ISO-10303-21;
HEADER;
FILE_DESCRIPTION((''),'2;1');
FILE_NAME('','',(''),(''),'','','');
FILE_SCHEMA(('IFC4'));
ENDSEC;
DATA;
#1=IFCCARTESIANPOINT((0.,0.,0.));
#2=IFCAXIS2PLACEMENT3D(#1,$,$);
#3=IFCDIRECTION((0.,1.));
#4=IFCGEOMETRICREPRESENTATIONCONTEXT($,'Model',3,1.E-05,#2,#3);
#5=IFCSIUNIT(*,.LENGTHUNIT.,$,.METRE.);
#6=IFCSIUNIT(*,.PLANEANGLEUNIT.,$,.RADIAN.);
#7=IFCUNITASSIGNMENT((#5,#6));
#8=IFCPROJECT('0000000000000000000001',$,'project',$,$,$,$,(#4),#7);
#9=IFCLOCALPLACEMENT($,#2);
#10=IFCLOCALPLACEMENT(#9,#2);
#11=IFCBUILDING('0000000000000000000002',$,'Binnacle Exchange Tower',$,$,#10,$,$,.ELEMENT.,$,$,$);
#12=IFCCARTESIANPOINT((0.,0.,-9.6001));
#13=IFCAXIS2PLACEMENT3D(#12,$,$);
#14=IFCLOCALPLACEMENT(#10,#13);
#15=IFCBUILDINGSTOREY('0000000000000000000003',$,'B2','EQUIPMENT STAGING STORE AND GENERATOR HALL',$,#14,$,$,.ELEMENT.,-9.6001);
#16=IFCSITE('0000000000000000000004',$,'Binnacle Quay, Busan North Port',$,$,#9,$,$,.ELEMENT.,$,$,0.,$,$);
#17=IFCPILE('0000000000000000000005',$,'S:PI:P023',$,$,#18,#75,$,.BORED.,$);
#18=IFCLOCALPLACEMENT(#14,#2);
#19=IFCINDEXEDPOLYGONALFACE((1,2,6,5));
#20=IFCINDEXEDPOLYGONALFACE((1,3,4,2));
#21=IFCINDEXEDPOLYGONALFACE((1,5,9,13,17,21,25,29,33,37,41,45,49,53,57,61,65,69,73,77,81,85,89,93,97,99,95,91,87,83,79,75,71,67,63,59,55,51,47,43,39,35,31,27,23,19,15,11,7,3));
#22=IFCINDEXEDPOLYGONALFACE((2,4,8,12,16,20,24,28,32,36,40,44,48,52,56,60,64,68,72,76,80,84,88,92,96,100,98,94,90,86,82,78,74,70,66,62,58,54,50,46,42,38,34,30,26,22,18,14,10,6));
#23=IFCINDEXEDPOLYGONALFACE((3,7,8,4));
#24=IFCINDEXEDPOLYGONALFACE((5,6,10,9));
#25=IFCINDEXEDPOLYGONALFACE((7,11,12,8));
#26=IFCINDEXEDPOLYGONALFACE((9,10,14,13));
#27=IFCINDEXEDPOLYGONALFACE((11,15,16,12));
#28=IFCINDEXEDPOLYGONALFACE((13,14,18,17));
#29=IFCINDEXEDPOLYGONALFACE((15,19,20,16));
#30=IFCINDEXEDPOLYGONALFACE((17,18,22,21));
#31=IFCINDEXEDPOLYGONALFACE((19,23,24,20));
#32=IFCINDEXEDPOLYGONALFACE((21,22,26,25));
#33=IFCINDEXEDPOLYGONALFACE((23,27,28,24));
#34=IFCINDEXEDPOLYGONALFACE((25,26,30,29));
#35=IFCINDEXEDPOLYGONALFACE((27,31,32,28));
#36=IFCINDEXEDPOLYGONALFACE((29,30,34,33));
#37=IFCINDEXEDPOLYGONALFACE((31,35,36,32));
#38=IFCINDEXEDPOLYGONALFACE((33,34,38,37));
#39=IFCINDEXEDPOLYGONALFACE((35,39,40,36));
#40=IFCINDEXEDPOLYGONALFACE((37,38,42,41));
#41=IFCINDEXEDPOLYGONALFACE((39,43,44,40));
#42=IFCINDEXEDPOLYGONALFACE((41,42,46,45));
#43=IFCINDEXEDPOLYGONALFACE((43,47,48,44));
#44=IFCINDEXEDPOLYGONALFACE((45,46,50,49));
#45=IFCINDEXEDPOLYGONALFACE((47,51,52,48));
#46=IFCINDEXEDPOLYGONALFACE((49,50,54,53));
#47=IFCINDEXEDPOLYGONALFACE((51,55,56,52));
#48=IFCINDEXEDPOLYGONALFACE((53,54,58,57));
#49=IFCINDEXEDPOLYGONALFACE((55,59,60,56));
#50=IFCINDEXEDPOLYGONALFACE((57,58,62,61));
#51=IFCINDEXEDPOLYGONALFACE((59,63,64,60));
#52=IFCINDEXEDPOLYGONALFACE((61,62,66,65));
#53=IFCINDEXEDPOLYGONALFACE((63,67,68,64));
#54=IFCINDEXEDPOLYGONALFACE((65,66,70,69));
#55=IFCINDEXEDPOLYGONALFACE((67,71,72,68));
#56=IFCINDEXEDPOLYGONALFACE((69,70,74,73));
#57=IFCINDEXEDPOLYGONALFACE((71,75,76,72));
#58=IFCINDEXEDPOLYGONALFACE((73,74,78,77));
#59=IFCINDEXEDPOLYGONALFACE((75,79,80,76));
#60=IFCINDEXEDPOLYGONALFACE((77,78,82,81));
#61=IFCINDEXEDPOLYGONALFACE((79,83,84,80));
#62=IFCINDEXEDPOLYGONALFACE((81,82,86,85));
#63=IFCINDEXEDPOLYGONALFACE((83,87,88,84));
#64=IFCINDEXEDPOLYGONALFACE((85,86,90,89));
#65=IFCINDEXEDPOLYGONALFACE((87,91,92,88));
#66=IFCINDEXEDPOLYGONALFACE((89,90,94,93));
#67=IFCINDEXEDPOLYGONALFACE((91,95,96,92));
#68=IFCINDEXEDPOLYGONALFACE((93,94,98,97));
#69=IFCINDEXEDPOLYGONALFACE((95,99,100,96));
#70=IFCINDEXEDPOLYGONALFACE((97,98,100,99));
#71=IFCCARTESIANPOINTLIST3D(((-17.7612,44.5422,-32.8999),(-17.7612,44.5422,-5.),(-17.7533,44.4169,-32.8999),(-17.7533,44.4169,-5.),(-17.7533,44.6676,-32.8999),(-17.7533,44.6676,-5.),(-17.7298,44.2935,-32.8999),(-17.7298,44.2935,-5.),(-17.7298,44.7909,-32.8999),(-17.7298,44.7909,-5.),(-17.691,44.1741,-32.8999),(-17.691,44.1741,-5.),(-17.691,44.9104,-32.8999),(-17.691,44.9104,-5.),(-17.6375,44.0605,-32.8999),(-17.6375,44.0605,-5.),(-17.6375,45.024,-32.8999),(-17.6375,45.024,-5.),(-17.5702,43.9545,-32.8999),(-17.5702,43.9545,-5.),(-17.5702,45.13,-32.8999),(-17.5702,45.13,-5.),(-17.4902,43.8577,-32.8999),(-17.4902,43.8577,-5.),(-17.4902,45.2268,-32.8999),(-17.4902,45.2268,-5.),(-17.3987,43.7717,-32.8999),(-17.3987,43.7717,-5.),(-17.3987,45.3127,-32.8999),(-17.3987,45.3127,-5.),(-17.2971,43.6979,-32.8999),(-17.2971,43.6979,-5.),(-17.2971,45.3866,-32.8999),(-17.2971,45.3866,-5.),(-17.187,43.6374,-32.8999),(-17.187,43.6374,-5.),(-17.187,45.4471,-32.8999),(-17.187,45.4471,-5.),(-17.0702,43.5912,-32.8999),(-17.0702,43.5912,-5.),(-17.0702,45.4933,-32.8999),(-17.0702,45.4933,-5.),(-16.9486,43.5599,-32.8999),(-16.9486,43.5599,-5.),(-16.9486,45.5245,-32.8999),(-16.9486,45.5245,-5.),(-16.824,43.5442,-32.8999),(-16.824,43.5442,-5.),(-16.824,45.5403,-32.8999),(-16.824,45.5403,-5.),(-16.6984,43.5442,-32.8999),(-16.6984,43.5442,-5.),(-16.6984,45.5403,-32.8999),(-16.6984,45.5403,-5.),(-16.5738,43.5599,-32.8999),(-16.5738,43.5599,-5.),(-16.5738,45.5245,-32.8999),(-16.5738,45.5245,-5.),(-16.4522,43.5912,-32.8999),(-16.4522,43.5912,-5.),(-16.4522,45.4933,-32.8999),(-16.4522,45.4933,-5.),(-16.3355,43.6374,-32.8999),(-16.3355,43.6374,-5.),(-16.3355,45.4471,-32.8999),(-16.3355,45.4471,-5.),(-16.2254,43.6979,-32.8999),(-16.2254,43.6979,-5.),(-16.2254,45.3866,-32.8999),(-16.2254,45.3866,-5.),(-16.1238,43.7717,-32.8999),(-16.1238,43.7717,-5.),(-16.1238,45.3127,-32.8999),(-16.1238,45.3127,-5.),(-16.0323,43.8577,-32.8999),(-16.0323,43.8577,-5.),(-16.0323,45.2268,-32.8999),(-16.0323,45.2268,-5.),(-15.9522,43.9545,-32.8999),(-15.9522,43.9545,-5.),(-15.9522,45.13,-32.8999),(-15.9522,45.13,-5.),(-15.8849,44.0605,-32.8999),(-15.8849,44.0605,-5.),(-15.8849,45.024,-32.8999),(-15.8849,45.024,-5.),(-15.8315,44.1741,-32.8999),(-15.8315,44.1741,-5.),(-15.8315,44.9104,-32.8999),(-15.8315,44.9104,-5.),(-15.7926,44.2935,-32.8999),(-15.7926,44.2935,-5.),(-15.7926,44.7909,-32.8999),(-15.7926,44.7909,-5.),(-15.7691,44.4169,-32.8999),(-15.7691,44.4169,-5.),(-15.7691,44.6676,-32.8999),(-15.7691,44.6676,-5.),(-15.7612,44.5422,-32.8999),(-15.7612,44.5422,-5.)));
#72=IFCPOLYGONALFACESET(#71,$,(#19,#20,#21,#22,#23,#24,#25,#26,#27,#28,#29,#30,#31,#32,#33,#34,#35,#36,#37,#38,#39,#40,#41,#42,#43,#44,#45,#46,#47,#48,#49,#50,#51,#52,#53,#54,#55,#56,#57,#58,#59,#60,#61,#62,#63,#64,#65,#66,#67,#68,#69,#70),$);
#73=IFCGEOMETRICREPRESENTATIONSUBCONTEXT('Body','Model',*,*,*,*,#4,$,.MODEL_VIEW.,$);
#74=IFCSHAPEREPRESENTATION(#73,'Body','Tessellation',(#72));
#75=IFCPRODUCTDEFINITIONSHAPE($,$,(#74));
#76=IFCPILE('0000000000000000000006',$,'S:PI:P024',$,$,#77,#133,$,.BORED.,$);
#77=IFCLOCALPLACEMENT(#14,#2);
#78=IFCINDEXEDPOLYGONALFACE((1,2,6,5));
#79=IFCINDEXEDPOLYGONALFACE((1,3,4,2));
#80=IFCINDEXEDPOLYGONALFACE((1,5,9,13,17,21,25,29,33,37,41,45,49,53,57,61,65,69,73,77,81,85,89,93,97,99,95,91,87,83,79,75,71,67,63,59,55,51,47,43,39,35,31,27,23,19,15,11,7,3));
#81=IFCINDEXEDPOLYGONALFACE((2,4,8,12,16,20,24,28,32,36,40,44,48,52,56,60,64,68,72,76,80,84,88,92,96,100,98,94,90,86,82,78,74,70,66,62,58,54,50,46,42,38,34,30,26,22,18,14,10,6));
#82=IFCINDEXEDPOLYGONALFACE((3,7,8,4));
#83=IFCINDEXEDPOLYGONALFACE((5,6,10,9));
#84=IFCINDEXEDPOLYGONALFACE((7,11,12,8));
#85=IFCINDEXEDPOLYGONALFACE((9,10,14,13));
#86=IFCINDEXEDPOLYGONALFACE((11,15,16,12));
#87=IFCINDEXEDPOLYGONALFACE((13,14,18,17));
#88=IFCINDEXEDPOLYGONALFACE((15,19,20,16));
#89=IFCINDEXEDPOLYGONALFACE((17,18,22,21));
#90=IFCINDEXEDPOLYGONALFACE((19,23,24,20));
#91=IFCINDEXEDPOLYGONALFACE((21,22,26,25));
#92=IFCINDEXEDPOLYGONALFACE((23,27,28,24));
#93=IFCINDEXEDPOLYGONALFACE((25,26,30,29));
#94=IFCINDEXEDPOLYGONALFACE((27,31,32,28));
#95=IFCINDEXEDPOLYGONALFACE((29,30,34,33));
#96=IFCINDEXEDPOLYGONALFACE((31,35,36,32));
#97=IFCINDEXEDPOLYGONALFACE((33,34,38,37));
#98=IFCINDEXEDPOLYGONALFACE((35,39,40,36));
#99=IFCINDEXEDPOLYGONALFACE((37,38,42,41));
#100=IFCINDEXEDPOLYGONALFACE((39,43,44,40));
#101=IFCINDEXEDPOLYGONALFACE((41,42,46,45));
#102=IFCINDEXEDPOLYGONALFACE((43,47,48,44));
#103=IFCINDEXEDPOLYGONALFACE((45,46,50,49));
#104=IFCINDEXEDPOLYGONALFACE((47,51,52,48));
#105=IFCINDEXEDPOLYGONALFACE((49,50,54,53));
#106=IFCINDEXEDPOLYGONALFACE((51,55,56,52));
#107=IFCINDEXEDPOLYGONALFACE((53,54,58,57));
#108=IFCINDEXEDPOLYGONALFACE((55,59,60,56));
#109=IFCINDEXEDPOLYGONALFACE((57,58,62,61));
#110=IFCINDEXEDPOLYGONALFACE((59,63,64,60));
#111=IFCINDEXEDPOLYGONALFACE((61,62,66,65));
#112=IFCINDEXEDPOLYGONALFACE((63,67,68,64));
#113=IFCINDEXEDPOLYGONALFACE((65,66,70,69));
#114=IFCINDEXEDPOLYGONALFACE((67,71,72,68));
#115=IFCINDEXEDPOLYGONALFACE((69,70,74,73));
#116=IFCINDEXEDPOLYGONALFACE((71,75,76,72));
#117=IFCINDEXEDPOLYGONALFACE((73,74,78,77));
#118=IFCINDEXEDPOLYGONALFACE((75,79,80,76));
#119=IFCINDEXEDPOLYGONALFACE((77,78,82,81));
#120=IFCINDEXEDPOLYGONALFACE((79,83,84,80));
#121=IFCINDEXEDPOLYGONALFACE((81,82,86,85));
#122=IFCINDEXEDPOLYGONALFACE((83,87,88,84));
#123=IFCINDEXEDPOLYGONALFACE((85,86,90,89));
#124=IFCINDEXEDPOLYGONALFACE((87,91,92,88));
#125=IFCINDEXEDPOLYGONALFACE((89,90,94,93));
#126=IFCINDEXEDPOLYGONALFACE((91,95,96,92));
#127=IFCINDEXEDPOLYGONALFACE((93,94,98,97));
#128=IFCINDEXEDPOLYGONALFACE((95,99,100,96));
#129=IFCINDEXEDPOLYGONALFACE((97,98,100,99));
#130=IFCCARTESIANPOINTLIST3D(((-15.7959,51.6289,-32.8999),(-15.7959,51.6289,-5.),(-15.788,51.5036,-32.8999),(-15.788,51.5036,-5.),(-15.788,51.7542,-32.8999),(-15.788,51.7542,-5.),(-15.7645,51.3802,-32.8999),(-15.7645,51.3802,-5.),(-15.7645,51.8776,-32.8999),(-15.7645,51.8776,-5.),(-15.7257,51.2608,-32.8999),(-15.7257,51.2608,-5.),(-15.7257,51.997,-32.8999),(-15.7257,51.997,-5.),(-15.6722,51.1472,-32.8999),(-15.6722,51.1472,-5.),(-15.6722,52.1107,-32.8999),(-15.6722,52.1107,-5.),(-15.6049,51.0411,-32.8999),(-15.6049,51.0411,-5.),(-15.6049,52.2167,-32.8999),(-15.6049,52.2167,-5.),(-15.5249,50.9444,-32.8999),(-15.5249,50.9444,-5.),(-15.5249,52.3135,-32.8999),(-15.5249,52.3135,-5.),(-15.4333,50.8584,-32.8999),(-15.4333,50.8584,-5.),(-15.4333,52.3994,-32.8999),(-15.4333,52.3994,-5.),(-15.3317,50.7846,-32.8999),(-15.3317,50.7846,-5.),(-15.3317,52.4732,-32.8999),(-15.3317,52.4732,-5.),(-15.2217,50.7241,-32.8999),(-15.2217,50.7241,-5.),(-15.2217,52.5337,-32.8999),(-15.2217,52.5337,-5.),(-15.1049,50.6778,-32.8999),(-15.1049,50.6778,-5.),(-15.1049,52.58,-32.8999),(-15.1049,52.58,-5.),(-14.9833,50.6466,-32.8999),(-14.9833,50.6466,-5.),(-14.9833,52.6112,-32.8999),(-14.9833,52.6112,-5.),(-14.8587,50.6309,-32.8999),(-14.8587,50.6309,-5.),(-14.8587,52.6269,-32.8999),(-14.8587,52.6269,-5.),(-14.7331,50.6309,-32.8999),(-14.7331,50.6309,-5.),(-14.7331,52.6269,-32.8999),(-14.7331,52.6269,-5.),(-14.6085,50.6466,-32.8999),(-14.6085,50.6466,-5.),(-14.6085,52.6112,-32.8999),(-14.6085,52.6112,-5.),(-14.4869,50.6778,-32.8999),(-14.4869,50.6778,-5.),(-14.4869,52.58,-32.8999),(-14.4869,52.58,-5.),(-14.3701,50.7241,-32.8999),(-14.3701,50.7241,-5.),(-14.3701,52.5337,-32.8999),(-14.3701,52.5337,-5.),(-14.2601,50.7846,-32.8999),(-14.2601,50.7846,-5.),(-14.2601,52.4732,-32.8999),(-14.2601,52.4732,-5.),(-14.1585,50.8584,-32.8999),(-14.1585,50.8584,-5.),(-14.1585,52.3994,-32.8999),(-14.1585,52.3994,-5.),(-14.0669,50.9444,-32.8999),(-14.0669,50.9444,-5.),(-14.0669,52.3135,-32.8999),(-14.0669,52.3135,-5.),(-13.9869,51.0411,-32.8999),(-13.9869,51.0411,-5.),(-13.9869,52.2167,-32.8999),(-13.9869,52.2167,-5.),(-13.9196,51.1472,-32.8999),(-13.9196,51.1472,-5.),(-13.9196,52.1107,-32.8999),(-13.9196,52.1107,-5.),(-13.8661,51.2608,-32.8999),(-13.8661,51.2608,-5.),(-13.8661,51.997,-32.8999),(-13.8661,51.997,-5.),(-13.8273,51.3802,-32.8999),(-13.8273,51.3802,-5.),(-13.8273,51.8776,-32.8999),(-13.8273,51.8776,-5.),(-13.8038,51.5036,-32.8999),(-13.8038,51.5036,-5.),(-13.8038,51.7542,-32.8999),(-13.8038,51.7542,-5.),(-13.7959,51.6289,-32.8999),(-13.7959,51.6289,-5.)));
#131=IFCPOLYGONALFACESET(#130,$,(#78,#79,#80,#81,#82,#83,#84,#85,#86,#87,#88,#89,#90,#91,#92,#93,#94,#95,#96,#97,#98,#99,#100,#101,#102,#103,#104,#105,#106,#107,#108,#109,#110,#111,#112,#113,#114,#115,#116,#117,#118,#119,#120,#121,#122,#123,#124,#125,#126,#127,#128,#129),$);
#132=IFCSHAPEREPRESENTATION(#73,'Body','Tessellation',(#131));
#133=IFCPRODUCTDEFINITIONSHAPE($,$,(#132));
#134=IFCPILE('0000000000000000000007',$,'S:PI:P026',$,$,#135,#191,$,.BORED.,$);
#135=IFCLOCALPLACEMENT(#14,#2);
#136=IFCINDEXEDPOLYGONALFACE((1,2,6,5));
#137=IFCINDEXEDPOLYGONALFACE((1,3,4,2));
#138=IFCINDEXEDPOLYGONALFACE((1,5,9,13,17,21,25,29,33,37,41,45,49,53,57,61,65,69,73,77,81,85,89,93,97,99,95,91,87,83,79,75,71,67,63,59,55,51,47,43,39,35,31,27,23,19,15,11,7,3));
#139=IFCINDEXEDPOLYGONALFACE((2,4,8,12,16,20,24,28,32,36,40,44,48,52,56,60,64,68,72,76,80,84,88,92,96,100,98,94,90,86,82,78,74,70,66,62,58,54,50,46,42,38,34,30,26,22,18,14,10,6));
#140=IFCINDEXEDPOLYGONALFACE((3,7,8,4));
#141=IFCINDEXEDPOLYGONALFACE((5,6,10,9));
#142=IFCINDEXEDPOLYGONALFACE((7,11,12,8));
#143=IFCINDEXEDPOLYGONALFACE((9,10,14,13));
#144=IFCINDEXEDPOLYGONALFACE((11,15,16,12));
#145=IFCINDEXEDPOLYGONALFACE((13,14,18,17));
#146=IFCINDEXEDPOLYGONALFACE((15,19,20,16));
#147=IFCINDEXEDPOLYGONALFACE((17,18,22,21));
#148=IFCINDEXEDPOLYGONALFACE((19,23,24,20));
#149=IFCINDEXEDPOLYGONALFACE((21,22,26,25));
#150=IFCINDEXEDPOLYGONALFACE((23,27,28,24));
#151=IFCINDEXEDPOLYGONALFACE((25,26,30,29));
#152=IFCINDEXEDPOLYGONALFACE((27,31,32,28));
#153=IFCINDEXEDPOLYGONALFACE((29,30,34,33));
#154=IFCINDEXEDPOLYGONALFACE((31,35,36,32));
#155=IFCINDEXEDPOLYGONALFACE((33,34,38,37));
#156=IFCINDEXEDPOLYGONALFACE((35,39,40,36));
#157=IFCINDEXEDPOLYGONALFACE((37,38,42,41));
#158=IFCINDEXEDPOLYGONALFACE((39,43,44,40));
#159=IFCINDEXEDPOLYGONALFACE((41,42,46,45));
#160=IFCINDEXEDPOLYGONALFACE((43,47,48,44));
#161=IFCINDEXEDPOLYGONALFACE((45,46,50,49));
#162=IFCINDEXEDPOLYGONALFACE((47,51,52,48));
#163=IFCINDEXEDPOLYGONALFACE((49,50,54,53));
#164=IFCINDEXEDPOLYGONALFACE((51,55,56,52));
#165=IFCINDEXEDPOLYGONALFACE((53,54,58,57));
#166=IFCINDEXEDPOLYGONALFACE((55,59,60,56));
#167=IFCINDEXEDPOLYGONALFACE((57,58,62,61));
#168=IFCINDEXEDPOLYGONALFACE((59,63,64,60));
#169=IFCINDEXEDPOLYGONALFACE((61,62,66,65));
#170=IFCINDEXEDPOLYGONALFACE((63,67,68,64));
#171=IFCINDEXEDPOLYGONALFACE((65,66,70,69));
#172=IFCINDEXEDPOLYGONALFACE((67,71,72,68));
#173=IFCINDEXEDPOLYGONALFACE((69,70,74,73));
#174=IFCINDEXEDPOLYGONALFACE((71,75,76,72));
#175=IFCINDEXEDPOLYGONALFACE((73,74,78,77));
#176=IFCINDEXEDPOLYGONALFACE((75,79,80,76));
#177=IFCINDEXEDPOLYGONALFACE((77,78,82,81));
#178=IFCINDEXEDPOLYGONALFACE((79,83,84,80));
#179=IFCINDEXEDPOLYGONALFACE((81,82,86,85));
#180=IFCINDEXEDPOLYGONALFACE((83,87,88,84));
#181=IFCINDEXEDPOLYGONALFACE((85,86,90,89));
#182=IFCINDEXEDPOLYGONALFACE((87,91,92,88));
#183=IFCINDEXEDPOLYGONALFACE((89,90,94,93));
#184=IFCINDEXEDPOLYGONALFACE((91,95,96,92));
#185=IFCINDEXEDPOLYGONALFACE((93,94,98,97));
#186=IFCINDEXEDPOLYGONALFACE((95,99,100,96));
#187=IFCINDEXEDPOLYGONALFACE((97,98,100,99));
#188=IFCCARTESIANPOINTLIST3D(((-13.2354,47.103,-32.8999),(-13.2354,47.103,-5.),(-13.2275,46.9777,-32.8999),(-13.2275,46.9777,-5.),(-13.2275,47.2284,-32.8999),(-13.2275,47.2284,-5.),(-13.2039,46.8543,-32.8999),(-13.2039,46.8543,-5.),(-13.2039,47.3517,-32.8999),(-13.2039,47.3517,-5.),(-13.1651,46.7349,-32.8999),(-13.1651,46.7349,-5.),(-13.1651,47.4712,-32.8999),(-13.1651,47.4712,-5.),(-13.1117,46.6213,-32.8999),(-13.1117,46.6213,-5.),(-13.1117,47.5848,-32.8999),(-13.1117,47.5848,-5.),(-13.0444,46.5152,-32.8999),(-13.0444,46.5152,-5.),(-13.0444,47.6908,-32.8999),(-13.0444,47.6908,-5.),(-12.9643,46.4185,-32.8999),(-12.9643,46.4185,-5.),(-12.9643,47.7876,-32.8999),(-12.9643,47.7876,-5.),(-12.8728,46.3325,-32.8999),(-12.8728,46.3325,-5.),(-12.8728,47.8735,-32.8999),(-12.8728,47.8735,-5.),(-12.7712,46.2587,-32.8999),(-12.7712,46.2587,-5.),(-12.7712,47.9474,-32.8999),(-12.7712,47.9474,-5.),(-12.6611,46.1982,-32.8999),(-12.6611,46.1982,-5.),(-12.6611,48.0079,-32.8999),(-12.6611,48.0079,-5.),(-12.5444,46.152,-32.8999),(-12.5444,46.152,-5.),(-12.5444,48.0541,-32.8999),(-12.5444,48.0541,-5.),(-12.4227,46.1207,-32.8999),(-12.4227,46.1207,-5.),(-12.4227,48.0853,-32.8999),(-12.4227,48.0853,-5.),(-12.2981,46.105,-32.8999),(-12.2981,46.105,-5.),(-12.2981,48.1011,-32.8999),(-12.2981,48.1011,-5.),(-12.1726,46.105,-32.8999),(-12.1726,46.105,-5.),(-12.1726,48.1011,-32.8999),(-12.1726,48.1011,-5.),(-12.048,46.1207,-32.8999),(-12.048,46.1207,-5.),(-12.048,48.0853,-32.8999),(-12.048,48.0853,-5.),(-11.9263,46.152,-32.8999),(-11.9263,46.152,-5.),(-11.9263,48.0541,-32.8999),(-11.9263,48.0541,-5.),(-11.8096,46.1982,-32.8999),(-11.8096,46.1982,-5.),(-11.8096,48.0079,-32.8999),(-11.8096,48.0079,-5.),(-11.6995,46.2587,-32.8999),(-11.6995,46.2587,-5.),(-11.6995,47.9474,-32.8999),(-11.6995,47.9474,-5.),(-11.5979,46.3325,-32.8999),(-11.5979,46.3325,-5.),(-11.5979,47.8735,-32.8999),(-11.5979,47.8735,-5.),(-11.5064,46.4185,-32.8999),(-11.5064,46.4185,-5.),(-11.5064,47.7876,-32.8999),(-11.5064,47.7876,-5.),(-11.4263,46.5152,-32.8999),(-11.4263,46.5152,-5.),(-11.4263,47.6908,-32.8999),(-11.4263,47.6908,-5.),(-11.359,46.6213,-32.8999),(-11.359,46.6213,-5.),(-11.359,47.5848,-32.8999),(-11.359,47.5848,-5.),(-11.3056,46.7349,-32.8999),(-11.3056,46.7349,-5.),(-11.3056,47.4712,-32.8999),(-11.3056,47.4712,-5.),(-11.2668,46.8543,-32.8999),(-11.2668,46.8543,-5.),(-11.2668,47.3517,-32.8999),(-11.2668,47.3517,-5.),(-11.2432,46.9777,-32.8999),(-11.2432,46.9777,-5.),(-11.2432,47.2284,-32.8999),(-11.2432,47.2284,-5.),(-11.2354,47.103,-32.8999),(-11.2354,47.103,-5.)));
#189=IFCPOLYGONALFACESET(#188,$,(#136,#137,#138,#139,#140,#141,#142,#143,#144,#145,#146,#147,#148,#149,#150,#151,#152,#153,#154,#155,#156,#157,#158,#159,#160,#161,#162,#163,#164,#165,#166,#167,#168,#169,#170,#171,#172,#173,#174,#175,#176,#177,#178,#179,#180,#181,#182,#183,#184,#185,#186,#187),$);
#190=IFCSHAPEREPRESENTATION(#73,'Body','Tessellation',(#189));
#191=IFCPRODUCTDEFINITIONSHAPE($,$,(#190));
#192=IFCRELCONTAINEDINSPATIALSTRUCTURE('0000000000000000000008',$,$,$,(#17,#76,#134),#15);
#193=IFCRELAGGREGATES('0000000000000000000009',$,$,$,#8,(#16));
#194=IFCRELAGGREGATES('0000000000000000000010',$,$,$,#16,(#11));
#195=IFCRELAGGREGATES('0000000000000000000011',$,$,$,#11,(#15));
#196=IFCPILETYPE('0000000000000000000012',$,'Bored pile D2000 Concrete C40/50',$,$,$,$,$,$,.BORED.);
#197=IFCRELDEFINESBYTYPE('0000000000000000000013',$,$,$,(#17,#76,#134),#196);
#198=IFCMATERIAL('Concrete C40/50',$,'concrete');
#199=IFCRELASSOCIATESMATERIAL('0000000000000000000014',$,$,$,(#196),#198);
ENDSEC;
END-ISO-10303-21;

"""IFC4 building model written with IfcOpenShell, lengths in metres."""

from ifc_helpers import new_model, si_unit, direction, frame, origin, origin_2d, place, context, subcontext, project, spatial, circle, extrude, material, material_profile, profile_set, type_object, element, save


model = new_model("IFC4")

# Units and contexts
model_context = context("Model", 3, precision=1e-05, world=origin(), true_north=direction((0.0, 1.0)))
body_context = subcontext(model_context, "Body", "Model", "MODEL_VIEW")
ifc_project = project(units=[si_unit("LENGTHUNIT", "METRE"), si_unit("PLANEANGLEUNIT", "RADIAN")], contexts=[model_context])

# Site, building, storey
site_placement = place(None, origin())
site = spatial("IfcSite", under=ifc_project, at=site_placement, Name="Binnacle Quay, Busan North Port", CompositionType="ELEMENT", RefElevation=0.0)
building_placement = place(site_placement, origin())
building = spatial("IfcBuilding", under=site, at=building_placement, Name="Binnacle Exchange Tower", CompositionType="ELEMENT")
storey_placement = place(building_placement, frame((0.0, 0.0, -9.6001)))
storey = spatial("IfcBuildingStorey", under=building, at=storey_placement, Name="B2", Description="EQUIPMENT STAGING STORE AND GENERATOR HALL", CompositionType="ELEMENT", Elevation=-9.6001)

# Piles
ifc_material_1 = material(Name="Concrete C40/50", Category="concrete")
ifc_material_profile_1 = material_profile(ifc_material_1, circle(Radius=1.0, at=origin_2d()), Name="Bored pile D2000")
ifc_profile_set_1 = profile_set([ifc_material_profile_1], Name="Concrete C40/50")
pile_type_1 = type_object("IfcPileType", Name="Bored pile D2000 Concrete C40/50", PredefinedType="BORED", material=ifc_profile_set_1)
for number, where, z_axis, x_axis, name in (
    (1, (-16.7612, 44.5422, -5.0), (0.0, 0.0, -1.0), (1.0, 0.0, 0.0), "S:PI:P023"),
    (2, (-14.7959, 51.6289, -5.0), (0.0, 0.0, -1.0), (1.0, 0.0, 0.0), "S:PI:P024"),
    (3, (-12.2354, 47.103, -5.0), (0.0, 0.0, -1.0), (1.0, 0.0, 0.0), "S:PI:P026"),
):
    element("IfcPile", number, at=place(storey_placement, frame(where, z_axis=z_axis, x_axis=x_axis)), inside=storey, type_object=pile_type_1, Name=name, PredefinedType="BORED", context=body_context, shape_type="SweptSolid", body=[
        extrude(circle(Radius=1.0, at=origin_2d()), origin(), (0.0, 0.0, 1.0), 27.8999),
    ])

save(model, "model.ifc")
